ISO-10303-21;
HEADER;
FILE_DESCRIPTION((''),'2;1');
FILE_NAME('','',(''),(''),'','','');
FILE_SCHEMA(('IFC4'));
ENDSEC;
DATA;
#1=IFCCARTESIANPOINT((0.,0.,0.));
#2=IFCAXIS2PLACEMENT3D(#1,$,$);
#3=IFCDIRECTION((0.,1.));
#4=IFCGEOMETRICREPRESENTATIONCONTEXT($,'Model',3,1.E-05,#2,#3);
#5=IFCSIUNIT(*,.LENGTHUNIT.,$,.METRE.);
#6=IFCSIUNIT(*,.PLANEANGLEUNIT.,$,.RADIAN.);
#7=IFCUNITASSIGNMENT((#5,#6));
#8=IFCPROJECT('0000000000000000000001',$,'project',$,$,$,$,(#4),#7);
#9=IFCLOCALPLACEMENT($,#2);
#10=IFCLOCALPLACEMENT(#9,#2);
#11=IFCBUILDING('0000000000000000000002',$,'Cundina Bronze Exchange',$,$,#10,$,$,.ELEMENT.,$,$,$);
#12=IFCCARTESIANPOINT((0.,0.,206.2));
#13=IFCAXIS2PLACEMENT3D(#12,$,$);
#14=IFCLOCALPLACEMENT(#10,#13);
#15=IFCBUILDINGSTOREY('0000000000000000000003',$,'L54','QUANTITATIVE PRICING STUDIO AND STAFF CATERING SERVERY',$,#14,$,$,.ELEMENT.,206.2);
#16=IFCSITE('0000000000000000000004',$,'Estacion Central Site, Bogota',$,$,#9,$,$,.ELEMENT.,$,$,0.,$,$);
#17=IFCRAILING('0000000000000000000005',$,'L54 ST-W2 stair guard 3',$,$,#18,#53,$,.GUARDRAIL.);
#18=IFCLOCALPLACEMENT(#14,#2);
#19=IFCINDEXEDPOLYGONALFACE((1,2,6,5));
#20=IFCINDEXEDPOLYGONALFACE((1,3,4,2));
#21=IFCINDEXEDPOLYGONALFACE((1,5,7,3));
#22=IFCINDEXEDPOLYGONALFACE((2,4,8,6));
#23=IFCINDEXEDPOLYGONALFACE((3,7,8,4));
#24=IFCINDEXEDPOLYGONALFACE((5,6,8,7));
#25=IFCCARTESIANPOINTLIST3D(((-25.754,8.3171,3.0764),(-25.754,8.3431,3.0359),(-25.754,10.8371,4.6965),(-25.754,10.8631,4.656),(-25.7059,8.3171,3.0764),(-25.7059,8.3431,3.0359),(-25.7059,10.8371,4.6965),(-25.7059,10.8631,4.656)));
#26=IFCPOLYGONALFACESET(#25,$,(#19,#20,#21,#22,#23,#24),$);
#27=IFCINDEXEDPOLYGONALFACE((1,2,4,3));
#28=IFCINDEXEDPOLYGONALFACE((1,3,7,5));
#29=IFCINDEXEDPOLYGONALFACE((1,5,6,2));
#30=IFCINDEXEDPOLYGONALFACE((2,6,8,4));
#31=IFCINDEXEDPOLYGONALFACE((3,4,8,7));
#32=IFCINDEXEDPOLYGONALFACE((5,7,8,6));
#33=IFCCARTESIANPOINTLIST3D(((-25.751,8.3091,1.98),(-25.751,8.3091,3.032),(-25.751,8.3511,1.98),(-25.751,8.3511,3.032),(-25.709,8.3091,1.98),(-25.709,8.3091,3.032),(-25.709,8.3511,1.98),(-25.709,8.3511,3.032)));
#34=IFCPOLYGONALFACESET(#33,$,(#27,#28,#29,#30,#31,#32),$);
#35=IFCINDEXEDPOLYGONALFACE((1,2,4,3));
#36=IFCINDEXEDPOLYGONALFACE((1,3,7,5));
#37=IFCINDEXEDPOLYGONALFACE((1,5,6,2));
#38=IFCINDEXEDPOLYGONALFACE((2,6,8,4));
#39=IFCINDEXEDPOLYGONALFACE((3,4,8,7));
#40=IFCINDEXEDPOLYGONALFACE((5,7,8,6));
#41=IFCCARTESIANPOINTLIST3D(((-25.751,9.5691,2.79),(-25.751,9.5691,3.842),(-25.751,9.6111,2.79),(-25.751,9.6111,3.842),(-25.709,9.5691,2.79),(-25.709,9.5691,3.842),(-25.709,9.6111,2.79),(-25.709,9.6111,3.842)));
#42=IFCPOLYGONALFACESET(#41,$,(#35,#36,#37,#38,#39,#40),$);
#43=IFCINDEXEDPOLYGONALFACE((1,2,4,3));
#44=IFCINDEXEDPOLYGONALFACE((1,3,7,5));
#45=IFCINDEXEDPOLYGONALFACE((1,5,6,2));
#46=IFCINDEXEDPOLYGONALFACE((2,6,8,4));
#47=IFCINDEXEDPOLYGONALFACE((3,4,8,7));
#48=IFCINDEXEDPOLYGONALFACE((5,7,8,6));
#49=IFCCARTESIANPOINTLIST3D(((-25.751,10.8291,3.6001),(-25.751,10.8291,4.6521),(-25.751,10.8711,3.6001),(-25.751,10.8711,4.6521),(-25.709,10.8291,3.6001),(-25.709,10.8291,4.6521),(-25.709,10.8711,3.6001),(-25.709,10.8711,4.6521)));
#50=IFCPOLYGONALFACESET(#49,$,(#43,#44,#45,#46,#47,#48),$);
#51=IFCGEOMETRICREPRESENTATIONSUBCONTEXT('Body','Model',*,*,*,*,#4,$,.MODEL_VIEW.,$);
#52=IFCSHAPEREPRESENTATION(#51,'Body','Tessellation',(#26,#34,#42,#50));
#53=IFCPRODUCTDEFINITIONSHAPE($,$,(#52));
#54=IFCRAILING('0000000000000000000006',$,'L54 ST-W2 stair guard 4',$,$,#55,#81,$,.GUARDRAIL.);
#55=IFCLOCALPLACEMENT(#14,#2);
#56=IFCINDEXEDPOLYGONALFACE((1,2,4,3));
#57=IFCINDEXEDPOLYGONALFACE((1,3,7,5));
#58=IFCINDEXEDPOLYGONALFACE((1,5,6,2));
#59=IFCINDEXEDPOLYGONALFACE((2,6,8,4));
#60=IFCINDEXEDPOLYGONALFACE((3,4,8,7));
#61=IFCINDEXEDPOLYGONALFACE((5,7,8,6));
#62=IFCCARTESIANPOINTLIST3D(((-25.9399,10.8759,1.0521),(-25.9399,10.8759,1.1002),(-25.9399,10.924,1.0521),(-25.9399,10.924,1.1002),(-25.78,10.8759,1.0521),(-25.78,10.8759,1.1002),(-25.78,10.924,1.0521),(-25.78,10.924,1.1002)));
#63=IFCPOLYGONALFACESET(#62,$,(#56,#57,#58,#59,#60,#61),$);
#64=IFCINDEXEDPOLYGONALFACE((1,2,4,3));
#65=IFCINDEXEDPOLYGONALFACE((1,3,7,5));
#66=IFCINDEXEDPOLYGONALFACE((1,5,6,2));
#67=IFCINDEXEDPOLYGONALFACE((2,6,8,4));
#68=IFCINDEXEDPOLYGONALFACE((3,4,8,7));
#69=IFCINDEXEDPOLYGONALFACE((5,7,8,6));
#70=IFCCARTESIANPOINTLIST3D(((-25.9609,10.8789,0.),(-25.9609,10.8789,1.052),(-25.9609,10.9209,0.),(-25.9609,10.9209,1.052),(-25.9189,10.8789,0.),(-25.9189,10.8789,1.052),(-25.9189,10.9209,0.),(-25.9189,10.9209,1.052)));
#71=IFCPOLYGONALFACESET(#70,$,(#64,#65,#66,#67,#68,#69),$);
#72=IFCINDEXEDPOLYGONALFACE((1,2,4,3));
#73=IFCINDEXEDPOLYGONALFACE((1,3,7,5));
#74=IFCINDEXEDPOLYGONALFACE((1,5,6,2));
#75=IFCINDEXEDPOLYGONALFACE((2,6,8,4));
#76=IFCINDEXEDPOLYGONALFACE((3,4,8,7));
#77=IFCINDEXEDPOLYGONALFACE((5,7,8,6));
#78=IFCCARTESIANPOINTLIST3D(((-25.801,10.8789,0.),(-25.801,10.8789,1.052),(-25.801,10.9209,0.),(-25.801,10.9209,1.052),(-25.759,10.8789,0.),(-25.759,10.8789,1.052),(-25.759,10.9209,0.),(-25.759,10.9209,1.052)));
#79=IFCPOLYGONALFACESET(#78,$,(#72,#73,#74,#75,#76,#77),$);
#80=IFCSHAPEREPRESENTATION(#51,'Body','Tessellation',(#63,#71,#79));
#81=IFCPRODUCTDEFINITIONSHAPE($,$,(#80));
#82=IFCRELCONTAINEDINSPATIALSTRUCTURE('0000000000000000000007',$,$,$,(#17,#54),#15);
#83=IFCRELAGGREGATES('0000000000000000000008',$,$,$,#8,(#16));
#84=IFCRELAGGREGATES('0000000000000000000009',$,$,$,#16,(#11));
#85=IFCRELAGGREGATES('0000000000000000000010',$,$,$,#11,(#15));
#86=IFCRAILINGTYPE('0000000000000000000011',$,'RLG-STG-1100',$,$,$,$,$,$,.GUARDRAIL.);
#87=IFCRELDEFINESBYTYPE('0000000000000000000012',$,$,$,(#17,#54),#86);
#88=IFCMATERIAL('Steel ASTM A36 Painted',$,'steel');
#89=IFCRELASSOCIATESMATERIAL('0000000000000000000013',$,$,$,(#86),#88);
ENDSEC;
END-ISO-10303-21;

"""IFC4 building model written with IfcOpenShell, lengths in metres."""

from ifc_helpers import new_model, si_unit, direction, frame, origin, origin_2d, place, context, subcontext, project, spatial, rectangle, extrude, material, type_object, element, save


model = new_model("IFC4")

# Units and contexts
model_context = context("Model", 3, precision=1e-05, world=origin(), true_north=direction((0.0, 1.0)))
body_context = subcontext(model_context, "Body", "Model", "MODEL_VIEW")
ifc_project = project(units=[si_unit("LENGTHUNIT", "METRE"), si_unit("PLANEANGLEUNIT", "RADIAN")], contexts=[model_context])

# Site, building, storey
site_placement = place(None, origin())
site = spatial("IfcSite", under=ifc_project, at=site_placement, Name="Estacion Central Site, Bogota", CompositionType="ELEMENT", RefElevation=0.0)
building_placement = place(site_placement, origin())
building = spatial("IfcBuilding", under=site, at=building_placement, Name="Cundina Bronze Exchange", CompositionType="ELEMENT")
storey_placement = place(building_placement, frame((0.0, 0.0, 206.2)))
storey = spatial("IfcBuildingStorey", under=building, at=storey_placement, Name="L54", Description="QUANTITATIVE PRICING STUDIO AND STAFF CATERING SERVERY", CompositionType="ELEMENT", Elevation=206.2)

# Shared definitions
ifc_material_1 = material(Name="Steel ASTM A36 Painted", Category="steel")

# Railings
railing_type_1 = type_object("IfcRailingType", Name="RLG-STG-1100", PredefinedType="GUARDRAIL", material=ifc_material_1)
railing_1_placement = place(storey_placement, frame((-25.73, 8.3301, 1.98)))
element("IfcRailing", 1, at=railing_1_placement, inside=storey, type_object=railing_type_1, Name="L54 ST-W2 stair guard 3", PredefinedType="GUARDRAIL", context=body_context, shape_type="SweptSolid", body=[
    extrude(rectangle(XDim=0.0481, YDim=0.0481, at=origin_2d()), frame((0.0, 0.0, 1.0762), z_axis=(0.0, 0.841163, 0.540782), x_axis=(-1.0, 0.0, 0.0)), (0.0, 0.0, 1.0), 2.9958),
    extrude(rectangle(XDim=0.042, YDim=0.042, at=origin_2d()), origin(), (0.0, 0.0, 1.0), 1.052),
    extrude(rectangle(XDim=0.042, YDim=0.042, at=origin_2d()), frame((0.0, 1.26, 0.8101)), (0.0, 0.0, 1.0), 1.052),
    extrude(rectangle(XDim=0.042, YDim=0.042, at=origin_2d()), frame((0.0, 2.52, 1.6201)), (0.0, 0.0, 1.0), 1.052),
])
railing_2_placement = place(storey_placement, frame((-25.9399, 10.8999, 0.0)))
element("IfcRailing", 2, at=railing_2_placement, inside=storey, type_object=railing_type_1, Name="L54 ST-W2 stair guard 4", PredefinedType="GUARDRAIL", context=body_context, shape_type="SweptSolid", body=[
    extrude(rectangle(XDim=0.0481, YDim=0.0481, at=origin_2d()), frame((0.0, 0.0, 1.0762), z_axis=(1.0, 0.0, 0.0), x_axis=(0.0, 1.0, 0.0)), (0.0, 0.0, 1.0), 0.1599),
    extrude(rectangle(XDim=0.042, YDim=0.042, at=origin_2d()), origin(), (0.0, 0.0, 1.0), 1.052),
    extrude(rectangle(XDim=0.042, YDim=0.042, at=origin_2d()), frame((0.1599, 0.0, 0.0)), (0.0, 0.0, 1.0), 1.052),
])

save(model, "model.ifc")
